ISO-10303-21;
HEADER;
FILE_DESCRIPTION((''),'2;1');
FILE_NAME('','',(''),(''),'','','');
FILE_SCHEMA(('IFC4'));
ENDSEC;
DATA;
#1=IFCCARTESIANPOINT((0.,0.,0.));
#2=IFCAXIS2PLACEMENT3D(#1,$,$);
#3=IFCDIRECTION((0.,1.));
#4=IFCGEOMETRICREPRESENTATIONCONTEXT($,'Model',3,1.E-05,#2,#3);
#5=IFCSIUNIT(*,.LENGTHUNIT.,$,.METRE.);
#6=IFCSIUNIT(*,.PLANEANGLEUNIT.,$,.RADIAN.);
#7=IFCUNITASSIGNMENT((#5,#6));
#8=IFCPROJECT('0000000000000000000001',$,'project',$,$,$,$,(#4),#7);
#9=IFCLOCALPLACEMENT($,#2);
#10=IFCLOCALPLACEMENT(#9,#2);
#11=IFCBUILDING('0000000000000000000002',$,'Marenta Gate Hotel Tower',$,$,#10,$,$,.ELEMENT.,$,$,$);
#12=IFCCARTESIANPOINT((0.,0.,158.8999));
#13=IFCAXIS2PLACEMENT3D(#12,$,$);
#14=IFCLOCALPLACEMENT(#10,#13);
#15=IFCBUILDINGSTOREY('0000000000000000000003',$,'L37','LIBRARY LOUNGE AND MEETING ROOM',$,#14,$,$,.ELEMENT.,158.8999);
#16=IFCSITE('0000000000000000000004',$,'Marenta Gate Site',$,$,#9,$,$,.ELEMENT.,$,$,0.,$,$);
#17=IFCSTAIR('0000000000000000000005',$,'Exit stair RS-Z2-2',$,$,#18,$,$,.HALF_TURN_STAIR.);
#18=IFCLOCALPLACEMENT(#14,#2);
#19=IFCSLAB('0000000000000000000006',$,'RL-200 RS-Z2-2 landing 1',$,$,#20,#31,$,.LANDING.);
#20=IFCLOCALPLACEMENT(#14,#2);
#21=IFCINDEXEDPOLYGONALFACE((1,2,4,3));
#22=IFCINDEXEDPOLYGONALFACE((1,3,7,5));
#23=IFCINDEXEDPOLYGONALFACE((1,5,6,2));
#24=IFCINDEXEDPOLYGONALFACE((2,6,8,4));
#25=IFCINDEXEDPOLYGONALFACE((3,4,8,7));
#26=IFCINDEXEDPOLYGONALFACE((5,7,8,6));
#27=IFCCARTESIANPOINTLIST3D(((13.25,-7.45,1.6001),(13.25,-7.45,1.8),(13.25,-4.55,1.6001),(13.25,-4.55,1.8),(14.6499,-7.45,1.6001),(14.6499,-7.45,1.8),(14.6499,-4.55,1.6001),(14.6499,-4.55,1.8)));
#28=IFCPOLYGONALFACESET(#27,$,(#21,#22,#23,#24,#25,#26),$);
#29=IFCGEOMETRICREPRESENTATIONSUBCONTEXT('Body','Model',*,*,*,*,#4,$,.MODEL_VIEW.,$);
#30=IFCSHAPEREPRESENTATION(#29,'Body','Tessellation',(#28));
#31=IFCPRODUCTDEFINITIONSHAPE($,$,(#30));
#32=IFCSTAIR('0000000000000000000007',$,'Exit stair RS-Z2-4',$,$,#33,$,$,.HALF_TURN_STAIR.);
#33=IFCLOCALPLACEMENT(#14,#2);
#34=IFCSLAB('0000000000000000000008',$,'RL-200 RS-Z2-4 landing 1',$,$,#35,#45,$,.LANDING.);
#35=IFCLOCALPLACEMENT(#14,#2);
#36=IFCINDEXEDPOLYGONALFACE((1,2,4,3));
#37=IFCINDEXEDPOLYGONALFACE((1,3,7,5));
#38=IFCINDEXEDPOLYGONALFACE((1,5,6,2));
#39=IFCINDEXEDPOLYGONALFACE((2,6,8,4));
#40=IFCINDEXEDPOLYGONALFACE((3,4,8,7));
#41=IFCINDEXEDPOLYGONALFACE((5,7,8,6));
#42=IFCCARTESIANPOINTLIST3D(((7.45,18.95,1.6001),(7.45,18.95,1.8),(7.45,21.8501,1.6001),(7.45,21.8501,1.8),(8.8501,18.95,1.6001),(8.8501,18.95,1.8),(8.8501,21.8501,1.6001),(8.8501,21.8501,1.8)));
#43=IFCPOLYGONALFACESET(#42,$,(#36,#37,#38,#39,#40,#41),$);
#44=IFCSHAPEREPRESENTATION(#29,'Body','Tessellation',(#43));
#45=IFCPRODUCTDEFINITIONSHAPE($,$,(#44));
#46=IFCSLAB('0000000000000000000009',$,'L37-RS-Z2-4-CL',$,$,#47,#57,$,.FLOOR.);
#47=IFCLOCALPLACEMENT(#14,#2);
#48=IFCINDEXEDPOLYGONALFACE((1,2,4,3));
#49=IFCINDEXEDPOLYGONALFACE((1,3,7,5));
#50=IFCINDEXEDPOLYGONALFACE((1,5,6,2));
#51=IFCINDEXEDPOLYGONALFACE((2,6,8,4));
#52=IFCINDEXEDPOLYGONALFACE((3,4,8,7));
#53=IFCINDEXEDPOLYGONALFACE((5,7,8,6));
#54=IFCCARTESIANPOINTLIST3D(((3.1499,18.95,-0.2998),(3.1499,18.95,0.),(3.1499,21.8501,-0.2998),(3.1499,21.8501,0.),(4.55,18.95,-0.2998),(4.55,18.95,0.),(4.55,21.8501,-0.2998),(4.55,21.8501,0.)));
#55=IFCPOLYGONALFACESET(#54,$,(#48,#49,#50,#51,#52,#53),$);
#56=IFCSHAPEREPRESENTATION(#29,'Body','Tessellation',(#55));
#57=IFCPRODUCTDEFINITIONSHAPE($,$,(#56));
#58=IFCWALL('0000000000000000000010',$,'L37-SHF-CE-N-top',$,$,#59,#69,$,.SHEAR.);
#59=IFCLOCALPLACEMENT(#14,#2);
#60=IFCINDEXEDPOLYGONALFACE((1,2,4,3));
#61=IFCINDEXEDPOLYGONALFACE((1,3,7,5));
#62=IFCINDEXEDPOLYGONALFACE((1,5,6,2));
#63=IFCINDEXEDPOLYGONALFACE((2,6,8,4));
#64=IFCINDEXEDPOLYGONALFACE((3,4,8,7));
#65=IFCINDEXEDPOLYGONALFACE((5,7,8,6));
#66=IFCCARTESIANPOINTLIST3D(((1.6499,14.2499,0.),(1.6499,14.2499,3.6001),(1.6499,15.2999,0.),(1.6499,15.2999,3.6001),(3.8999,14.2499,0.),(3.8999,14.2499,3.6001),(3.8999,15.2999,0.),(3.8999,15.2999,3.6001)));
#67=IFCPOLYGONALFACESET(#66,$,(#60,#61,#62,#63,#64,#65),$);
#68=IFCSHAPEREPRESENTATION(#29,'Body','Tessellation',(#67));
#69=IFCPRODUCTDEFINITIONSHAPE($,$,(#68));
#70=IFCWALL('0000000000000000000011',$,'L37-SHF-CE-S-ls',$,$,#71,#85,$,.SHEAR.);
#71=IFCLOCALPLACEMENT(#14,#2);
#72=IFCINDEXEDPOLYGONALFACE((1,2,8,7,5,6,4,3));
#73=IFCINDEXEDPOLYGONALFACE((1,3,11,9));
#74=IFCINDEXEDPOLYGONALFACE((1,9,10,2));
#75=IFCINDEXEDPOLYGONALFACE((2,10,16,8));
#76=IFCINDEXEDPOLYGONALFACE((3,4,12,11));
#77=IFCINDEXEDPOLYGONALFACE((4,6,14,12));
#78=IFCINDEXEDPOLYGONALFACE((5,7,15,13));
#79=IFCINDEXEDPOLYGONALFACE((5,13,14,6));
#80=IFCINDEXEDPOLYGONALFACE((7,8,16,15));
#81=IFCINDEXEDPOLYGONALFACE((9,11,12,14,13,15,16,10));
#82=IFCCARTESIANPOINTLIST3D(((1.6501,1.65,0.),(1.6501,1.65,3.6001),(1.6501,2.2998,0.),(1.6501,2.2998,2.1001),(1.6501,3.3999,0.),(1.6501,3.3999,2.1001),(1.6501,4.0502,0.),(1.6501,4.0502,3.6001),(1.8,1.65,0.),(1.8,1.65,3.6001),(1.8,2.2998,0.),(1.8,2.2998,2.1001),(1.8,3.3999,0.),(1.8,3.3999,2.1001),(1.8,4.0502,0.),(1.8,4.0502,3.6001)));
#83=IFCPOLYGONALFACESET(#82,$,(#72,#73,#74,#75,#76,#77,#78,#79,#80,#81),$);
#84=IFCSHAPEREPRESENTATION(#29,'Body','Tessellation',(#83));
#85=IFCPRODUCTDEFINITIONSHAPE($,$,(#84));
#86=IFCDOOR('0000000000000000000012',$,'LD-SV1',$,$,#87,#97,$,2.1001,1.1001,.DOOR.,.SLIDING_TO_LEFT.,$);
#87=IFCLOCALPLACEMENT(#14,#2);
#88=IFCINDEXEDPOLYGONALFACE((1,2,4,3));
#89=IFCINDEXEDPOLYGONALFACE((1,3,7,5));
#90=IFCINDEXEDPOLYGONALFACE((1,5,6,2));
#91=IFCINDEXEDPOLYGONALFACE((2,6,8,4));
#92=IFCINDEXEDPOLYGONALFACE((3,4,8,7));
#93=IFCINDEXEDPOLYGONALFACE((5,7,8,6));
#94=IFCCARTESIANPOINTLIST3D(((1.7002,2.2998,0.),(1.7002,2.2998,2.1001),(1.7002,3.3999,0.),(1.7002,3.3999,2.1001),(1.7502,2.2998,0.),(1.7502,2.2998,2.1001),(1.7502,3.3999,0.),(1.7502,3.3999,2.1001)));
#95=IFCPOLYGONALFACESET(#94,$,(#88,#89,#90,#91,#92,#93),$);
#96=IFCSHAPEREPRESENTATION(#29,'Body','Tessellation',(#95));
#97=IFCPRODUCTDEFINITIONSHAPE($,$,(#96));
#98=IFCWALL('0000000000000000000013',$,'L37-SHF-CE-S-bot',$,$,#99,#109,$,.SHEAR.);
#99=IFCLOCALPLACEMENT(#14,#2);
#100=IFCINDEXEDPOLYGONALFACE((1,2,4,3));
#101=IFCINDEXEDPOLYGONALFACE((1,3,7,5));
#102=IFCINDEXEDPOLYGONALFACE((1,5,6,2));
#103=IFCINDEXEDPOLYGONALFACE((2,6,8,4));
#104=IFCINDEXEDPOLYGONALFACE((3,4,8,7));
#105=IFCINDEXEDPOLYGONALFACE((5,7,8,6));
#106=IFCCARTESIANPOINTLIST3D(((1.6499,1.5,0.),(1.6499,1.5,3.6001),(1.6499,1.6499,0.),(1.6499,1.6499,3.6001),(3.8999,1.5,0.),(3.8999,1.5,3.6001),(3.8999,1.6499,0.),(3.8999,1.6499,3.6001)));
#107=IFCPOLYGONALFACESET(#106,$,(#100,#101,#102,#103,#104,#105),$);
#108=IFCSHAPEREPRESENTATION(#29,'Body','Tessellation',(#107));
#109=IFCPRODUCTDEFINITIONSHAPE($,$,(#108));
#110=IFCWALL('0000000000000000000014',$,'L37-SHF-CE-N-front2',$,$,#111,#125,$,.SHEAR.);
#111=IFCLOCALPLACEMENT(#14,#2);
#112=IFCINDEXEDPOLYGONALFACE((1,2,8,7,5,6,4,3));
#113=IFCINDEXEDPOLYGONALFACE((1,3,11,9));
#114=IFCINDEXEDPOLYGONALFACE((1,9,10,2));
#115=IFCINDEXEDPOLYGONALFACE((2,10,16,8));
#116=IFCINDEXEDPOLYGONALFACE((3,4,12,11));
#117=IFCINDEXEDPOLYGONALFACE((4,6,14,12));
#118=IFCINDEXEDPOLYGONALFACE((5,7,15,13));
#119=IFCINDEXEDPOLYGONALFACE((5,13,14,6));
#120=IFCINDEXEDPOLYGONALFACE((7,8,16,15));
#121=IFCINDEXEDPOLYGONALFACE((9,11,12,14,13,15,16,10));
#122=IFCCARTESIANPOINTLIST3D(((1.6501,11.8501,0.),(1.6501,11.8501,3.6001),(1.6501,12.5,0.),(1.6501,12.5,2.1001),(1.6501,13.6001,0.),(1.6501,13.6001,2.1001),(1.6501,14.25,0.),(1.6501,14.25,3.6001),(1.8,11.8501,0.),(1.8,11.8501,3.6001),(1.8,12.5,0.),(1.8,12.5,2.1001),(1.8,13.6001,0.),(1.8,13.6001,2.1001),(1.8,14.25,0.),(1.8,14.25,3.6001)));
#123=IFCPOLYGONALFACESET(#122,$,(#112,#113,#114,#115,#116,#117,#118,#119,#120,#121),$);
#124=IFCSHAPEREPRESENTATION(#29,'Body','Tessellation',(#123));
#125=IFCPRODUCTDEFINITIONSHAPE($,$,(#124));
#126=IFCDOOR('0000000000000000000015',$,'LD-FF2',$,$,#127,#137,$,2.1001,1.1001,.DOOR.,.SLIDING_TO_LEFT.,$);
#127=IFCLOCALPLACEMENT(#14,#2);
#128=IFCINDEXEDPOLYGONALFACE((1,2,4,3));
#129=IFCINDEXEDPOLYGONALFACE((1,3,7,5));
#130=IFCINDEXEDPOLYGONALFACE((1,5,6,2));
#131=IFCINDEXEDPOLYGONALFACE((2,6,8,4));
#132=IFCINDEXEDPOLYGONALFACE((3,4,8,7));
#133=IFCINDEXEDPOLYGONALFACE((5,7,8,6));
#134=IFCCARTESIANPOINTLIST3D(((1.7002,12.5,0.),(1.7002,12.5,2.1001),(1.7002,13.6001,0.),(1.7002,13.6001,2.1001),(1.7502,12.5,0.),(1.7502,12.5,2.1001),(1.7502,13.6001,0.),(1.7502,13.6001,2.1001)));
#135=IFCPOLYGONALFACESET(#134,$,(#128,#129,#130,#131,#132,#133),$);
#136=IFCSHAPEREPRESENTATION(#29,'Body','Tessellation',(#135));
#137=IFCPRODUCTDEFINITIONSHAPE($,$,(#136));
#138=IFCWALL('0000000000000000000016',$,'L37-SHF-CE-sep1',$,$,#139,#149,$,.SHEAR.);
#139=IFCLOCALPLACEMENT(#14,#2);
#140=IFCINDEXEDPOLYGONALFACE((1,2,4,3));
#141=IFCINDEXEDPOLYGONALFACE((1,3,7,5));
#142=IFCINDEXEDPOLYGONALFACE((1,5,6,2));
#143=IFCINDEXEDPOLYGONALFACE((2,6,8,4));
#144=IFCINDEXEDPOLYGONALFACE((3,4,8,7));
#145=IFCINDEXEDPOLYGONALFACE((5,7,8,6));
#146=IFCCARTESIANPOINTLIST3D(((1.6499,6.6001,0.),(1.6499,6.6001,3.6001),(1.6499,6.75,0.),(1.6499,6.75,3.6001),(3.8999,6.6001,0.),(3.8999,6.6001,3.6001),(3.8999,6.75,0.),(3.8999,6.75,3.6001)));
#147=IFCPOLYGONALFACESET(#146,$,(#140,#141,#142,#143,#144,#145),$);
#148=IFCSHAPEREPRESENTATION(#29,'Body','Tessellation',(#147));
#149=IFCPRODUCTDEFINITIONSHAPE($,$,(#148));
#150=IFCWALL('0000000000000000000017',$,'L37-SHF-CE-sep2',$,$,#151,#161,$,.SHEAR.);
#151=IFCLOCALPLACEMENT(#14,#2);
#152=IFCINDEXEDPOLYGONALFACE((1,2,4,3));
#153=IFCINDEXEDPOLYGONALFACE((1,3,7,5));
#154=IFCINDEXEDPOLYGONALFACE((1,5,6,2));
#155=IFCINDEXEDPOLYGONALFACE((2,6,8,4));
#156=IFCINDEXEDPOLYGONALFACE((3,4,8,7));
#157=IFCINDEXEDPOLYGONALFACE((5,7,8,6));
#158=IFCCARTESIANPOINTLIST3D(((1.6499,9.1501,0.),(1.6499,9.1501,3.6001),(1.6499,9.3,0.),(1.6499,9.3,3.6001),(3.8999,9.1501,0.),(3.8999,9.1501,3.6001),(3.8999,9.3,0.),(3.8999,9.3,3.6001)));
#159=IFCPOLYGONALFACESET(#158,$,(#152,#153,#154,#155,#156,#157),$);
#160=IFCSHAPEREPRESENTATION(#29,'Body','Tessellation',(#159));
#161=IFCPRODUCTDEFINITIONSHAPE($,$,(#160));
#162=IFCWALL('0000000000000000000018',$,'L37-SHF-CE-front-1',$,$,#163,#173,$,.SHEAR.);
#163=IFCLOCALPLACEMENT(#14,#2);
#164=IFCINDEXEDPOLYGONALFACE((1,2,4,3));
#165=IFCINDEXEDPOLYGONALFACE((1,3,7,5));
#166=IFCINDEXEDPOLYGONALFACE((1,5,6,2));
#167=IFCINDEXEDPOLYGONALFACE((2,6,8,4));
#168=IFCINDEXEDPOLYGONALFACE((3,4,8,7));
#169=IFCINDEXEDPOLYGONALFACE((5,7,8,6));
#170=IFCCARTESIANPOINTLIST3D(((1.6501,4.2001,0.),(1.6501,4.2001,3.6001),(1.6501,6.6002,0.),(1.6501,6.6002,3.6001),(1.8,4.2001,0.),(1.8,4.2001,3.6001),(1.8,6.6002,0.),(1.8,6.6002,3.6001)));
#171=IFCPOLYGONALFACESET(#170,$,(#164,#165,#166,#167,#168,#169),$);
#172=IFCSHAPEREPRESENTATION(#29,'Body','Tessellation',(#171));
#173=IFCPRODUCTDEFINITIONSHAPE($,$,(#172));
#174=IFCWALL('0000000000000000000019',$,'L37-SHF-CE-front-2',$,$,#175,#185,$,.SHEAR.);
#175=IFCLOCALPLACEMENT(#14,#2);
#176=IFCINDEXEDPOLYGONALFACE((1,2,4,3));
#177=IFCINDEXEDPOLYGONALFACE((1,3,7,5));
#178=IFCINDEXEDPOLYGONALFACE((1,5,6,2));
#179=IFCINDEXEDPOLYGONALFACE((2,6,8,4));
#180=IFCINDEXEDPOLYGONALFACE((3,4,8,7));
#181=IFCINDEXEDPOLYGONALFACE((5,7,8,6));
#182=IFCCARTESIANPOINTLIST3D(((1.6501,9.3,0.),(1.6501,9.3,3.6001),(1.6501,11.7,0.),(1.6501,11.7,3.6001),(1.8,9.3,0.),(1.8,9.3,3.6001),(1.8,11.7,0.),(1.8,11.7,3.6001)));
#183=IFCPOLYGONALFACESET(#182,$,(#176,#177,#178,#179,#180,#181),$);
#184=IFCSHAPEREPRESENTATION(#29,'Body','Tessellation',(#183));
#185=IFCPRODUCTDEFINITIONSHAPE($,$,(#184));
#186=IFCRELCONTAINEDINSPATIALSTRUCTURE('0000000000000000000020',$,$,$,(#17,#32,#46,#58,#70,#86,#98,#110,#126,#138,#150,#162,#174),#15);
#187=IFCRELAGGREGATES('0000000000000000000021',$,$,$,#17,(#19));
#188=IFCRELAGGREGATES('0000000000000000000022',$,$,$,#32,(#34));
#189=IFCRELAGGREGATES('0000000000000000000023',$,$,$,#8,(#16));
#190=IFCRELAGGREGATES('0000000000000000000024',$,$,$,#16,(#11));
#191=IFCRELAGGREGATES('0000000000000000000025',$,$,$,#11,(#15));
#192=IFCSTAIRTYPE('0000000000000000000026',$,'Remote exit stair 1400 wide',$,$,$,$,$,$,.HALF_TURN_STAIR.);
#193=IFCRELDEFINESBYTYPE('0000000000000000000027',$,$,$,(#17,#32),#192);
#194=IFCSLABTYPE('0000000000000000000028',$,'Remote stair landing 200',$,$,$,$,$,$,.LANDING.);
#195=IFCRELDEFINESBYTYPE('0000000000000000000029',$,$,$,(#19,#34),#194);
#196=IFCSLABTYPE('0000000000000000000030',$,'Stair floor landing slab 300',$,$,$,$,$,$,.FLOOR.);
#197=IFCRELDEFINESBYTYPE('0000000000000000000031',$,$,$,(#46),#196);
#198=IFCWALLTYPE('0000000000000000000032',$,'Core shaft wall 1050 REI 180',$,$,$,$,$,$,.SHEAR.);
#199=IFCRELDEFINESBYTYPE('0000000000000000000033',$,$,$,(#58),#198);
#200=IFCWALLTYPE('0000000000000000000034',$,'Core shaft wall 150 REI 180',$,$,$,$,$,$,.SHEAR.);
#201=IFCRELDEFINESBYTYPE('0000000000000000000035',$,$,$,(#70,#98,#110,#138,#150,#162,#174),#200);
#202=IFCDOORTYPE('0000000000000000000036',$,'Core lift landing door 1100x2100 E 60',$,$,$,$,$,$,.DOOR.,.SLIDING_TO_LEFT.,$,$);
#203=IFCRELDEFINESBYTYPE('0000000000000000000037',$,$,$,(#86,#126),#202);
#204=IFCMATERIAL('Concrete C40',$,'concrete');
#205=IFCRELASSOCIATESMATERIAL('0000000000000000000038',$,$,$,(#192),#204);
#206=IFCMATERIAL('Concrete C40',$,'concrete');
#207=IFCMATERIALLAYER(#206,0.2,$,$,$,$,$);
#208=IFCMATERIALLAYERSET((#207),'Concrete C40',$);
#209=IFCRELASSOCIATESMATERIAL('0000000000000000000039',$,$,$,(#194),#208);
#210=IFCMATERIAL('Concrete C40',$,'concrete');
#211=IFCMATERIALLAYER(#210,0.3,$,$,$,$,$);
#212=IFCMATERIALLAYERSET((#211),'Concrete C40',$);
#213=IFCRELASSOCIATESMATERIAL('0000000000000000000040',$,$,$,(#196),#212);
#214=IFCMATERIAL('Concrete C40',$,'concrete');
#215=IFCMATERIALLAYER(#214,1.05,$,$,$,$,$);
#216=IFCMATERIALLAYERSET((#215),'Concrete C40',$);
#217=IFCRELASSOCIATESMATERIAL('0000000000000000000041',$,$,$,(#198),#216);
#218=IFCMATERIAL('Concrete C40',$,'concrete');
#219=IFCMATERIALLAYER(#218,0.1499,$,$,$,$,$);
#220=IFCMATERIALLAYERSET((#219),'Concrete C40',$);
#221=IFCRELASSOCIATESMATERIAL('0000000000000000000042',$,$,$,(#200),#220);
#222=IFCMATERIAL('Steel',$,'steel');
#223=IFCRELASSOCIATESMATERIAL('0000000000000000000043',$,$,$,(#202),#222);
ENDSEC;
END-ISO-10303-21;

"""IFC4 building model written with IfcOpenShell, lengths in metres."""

from ifc_helpers import new_model, si_unit, direction, frame, frame_2d, origin, place, context, subcontext, project, spatial, polyline, rectangle, outline, extrude, material, layer, layer_set, type_object, element, fill, aggregate, save


model = new_model("IFC4")

# Units and contexts
model_context = context("Model", 3, precision=1e-05, world=origin(), true_north=direction((0.0, 1.0)))
body_context = subcontext(model_context, "Body", "Model", "MODEL_VIEW")
ifc_project = project(units=[si_unit("LENGTHUNIT", "METRE"), si_unit("PLANEANGLEUNIT", "RADIAN")], contexts=[model_context])

# Site, building, storey
site_placement = place(None, origin())
site = spatial("IfcSite", under=ifc_project, at=site_placement, Name="Marenta Gate Site", CompositionType="ELEMENT", RefElevation=0.0)
building_placement = place(site_placement, origin())
building = spatial("IfcBuilding", under=site, at=building_placement, Name="Marenta Gate Hotel Tower", CompositionType="ELEMENT")
storey_placement = place(building_placement, frame((0.0, 0.0, 158.8999)))
storey = spatial("IfcBuildingStorey", under=building, at=storey_placement, Name="L37", Description="LIBRARY LOUNGE AND MEETING ROOM", CompositionType="ELEMENT", Elevation=158.8999)

# Stairs, slabs
ifc_material_1 = material(Name="Concrete C40", Category="concrete")
stair_type_1 = type_object("IfcStairType", Name="Remote exit stair 1400 wide", PredefinedType="HALF_TURN_STAIR", material=ifc_material_1)
stair_1_placement = place(storey_placement, origin())
stair_1 = element("IfcStair", 1, at=stair_1_placement, inside=storey, type_object=stair_type_1, Name="Exit stair RS-Z2-2", PredefinedType="HALF_TURN_STAIR")
ifc_material_2 = material(Name="Concrete C40", Category="concrete")
ifc_layer_1 = layer(ifc_material_2, 0.2)
ifc_layer_set_1 = layer_set([ifc_layer_1], Name="Concrete C40")
slab_type_1 = type_object("IfcSlabType", Name="Remote stair landing 200", PredefinedType="LANDING", material=ifc_layer_set_1)
slab_1_placement = place(storey_placement, frame((0.0, 0.0, 1.6001)))
slab_1 = element("IfcSlab", 2, at=slab_1_placement, type_object=slab_type_1, Name="RL-200 RS-Z2-2 landing 1", PredefinedType="LANDING", context=body_context, shape_type="SweptSolid", body=[
    extrude(outline(polyline([(13.25, -7.45), (14.6499, -7.45), (14.6499, -4.55), (13.25, -4.55), (13.25, -7.45)])), origin(), (0.0, 0.0, 1.0), 0.2),
])
aggregate(stair_1, [slab_1])
stair_2_placement = place(storey_placement, origin())
stair_2 = element("IfcStair", 3, at=stair_2_placement, inside=storey, type_object=stair_type_1, Name="Exit stair RS-Z2-4", PredefinedType="HALF_TURN_STAIR")
slab_2_placement = place(storey_placement, frame((0.0, 0.0, 1.6001)))
slab_2 = element("IfcSlab", 4, at=slab_2_placement, type_object=slab_type_1, Name="RL-200 RS-Z2-4 landing 1", PredefinedType="LANDING", context=body_context, shape_type="SweptSolid", body=[
    extrude(outline(polyline([(7.45, 18.95), (8.8501, 18.95), (8.8501, 21.8501), (7.45, 21.8501), (7.45, 18.95)])), origin(), (0.0, 0.0, 1.0), 0.2),
])
aggregate(stair_2, [slab_2])

# Slab
ifc_material_3 = material(Name="Concrete C40", Category="concrete")
ifc_layer_2 = layer(ifc_material_3, 0.3)
ifc_layer_set_2 = layer_set([ifc_layer_2], Name="Concrete C40")
slab_type_2 = type_object("IfcSlabType", Name="Stair floor landing slab 300", PredefinedType="FLOOR", material=ifc_layer_set_2)
slab_3_placement = place(storey_placement, frame((0.0, 0.0, -0.2998)))
element("IfcSlab", 5, at=slab_3_placement, inside=storey, type_object=slab_type_2, Name="L37-RS-Z2-4-CL", PredefinedType="FLOOR", context=body_context, shape_type="SweptSolid", body=[
    extrude(outline(polyline([(4.55, 18.95), (4.55, 21.8501), (3.1499, 21.8501), (3.1499, 18.95), (4.55, 18.95)])), origin(), (0.0, 0.0, 1.0), 0.2998),
])

# Wall
ifc_material_4 = material(Name="Concrete C40", Category="concrete")
ifc_layer_3 = layer(ifc_material_4, 1.05)
ifc_layer_set_3 = layer_set([ifc_layer_3], Name="Concrete C40")
wall_type_1 = type_object("IfcWallType", Name="Core shaft wall 1050 REI 180", PredefinedType="SHEAR", material=ifc_layer_set_3)
wall_1_placement = place(storey_placement, frame((1.6499, 14.7749, 0.0), z_axis=(0.0, 0.0, 1.0), x_axis=(1.0, 0.0, 0.0)))
element("IfcWall", 6, at=wall_1_placement, inside=storey, type_object=wall_type_1, Name="L37-SHF-CE-N-top", PredefinedType="SHEAR", context=body_context, shape_type="SweptSolid", body=[
    extrude(rectangle(XDim=2.25, YDim=1.05, at=frame_2d((1.125, 0.0))), origin(), (0.0, 0.0, 1.0), 3.6001),
])

# Wall, opening, door
ifc_material_5 = material(Name="Concrete C40", Category="concrete")
ifc_layer_4 = layer(ifc_material_5, 0.1499)
ifc_layer_set_4 = layer_set([ifc_layer_4], Name="Concrete C40")
wall_type_2 = type_object("IfcWallType", Name="Core shaft wall 150 REI 180", PredefinedType="SHEAR", material=ifc_layer_set_4)
wall_2_placement = place(storey_placement, frame((1.7251, 1.6499, 0.0), z_axis=(0.0, 0.0, 1.0), x_axis=(0.0, 1.0, 0.0)))
wall_2 = element("IfcWall", 7, at=wall_2_placement, inside=storey, type_object=wall_type_2, Name="L37-SHF-CE-S-ls", PredefinedType="SHEAR", context=body_context, shape_type="SweptSolid", body=[
    extrude(rectangle(XDim=2.4001, YDim=0.1499, at=frame_2d((1.2002, 0.0))), origin(), (0.0, 0.0, 1.0), 3.6001),
])
opening_1_placement = place(wall_2_placement, frame((0.6499, 0.0, 0.0)))
opening_1 = element("IfcOpeningElement", 8, at=opening_1_placement, cuts=wall_2, PredefinedType="OPENING", context=body_context, shape_type="SweptSolid", body=[
    extrude(rectangle(XDim=1.1001, YDim=2.1001, at=frame_2d((0.55, 1.05))), frame((0.0, 0.075, 0.0), z_axis=(0.0, -1.0, 0.0), x_axis=(1.0, 0.0, 0.0)), (0.0, 0.0, 1.0), 0.1499),
])
ifc_material_6 = material(Name="Steel", Category="steel")
door_type_1 = type_object("IfcDoorType", Name="Core lift landing door 1100x2100 E 60", OperationType="SLIDING_TO_LEFT", PredefinedType="DOOR", material=ifc_material_6)
door_1_placement = place(opening_1_placement, origin())
door_1 = element("IfcDoor", 9, at=door_1_placement, inside=storey, type_object=door_type_1, Name="LD-SV1", OperationType="SLIDING_TO_LEFT", OverallHeight=2.1001, OverallWidth=1.1001, PredefinedType="DOOR", context=body_context, shape_type="SweptSolid", body=[
    extrude(rectangle(XDim=1.1001, YDim=2.1001, at=frame_2d((0.55, 1.05))), frame((0.0, 0.0249, 0.0), z_axis=(0.0, -1.0, 0.0), x_axis=(1.0, 0.0, 0.0)), (0.0, 0.0, 1.0), 0.05),
])
fill(opening_1, door_1)

# Wall
wall_3_placement = place(storey_placement, frame((1.6499, 1.575, 0.0), z_axis=(0.0, 0.0, 1.0), x_axis=(1.0, 0.0, 0.0)))
element("IfcWall", 10, at=wall_3_placement, inside=storey, type_object=wall_type_2, Name="L37-SHF-CE-S-bot", PredefinedType="SHEAR", context=body_context, shape_type="SweptSolid", body=[
    extrude(rectangle(XDim=2.25, YDim=0.1499, at=frame_2d((1.125, 0.0))), origin(), (0.0, 0.0, 1.0), 3.6001),
])

# Wall, opening, door
wall_4_placement = place(storey_placement, frame((1.7251, 11.8501, 0.0), z_axis=(0.0, 0.0, 1.0), x_axis=(0.0, 1.0, 0.0)))
wall_4 = element("IfcWall", 11, at=wall_4_placement, inside=storey, type_object=wall_type_2, Name="L37-SHF-CE-N-front2", PredefinedType="SHEAR", context=body_context, shape_type="SweptSolid", body=[
    extrude(rectangle(XDim=2.3999, YDim=0.1499, at=frame_2d((1.2, 0.0))), origin(), (0.0, 0.0, 1.0), 3.6001),
])
opening_2_placement = place(wall_4_placement, frame((0.6499, 0.0, 0.0)))
opening_2 = element("IfcOpeningElement", 12, at=opening_2_placement, cuts=wall_4, PredefinedType="OPENING", context=body_context, shape_type="SweptSolid", body=[
    extrude(rectangle(XDim=1.1001, YDim=2.1001, at=frame_2d((0.55, 1.05))), frame((0.0, 0.075, 0.0), z_axis=(0.0, -1.0, 0.0), x_axis=(1.0, 0.0, 0.0)), (0.0, 0.0, 1.0), 0.1499),
])
door_2_placement = place(opening_2_placement, origin())
door_2 = element("IfcDoor", 13, at=door_2_placement, inside=storey, type_object=door_type_1, Name="LD-FF2", OperationType="SLIDING_TO_LEFT", OverallHeight=2.1001, OverallWidth=1.1001, PredefinedType="DOOR", context=body_context, shape_type="SweptSolid", body=[
    extrude(rectangle(XDim=1.1001, YDim=2.1001, at=frame_2d((0.55, 1.05))), frame((0.0, 0.0249, 0.0), z_axis=(0.0, -1.0, 0.0), x_axis=(1.0, 0.0, 0.0)), (0.0, 0.0, 1.0), 0.05),
])
fill(opening_2, door_2)

# Walls
for number, where, z_axis, x_axis, name in (
    (14, (1.6499, 6.675, 0.0), (0.0, 0.0, 1.0), (1.0, 0.0, 0.0), "L37-SHF-CE-sep1"),
    (15, (1.6499, 9.2251, 0.0), (0.0, 0.0, 1.0), (1.0, 0.0, 0.0), "L37-SHF-CE-sep2"),
):
    element("IfcWall", number, at=place(storey_placement, frame(where, z_axis=z_axis, x_axis=x_axis)), inside=storey, type_object=wall_type_2, Name=name, PredefinedType="SHEAR", context=body_context, shape_type="SweptSolid", body=[
        extrude(rectangle(XDim=2.25, YDim=0.1499, at=frame_2d((1.125, 0.0))), origin(), (0.0, 0.0, 1.0), 3.6001),
    ])
wall_5_placement = place(storey_placement, frame((1.7251, 4.2, 0.0), z_axis=(0.0, 0.0, 1.0), x_axis=(0.0, 1.0, 0.0)))
element("IfcWall", 16, at=wall_5_placement, inside=storey, type_object=wall_type_2, Name="L37-SHF-CE-front-1", PredefinedType="SHEAR", context=body_context, shape_type="SweptSolid", body=[
    extrude(rectangle(XDim=2.4001, YDim=0.1499, at=frame_2d((1.2002, 0.0))), origin(), (0.0, 0.0, 1.0), 3.6001),
])
wall_6_placement = place(storey_placement, frame((1.7251, 9.3, 0.0), z_axis=(0.0, 0.0, 1.0), x_axis=(0.0, 1.0, 0.0)))
element("IfcWall", 17, at=wall_6_placement, inside=storey, type_object=wall_type_2, Name="L37-SHF-CE-front-2", PredefinedType="SHEAR", context=body_context, shape_type="SweptSolid", body=[
    extrude(rectangle(XDim=2.3999, YDim=0.1499, at=frame_2d((1.2, 0.0))), origin(), (0.0, 0.0, 1.0), 3.6001),
])

save(model, "model.ifc")
